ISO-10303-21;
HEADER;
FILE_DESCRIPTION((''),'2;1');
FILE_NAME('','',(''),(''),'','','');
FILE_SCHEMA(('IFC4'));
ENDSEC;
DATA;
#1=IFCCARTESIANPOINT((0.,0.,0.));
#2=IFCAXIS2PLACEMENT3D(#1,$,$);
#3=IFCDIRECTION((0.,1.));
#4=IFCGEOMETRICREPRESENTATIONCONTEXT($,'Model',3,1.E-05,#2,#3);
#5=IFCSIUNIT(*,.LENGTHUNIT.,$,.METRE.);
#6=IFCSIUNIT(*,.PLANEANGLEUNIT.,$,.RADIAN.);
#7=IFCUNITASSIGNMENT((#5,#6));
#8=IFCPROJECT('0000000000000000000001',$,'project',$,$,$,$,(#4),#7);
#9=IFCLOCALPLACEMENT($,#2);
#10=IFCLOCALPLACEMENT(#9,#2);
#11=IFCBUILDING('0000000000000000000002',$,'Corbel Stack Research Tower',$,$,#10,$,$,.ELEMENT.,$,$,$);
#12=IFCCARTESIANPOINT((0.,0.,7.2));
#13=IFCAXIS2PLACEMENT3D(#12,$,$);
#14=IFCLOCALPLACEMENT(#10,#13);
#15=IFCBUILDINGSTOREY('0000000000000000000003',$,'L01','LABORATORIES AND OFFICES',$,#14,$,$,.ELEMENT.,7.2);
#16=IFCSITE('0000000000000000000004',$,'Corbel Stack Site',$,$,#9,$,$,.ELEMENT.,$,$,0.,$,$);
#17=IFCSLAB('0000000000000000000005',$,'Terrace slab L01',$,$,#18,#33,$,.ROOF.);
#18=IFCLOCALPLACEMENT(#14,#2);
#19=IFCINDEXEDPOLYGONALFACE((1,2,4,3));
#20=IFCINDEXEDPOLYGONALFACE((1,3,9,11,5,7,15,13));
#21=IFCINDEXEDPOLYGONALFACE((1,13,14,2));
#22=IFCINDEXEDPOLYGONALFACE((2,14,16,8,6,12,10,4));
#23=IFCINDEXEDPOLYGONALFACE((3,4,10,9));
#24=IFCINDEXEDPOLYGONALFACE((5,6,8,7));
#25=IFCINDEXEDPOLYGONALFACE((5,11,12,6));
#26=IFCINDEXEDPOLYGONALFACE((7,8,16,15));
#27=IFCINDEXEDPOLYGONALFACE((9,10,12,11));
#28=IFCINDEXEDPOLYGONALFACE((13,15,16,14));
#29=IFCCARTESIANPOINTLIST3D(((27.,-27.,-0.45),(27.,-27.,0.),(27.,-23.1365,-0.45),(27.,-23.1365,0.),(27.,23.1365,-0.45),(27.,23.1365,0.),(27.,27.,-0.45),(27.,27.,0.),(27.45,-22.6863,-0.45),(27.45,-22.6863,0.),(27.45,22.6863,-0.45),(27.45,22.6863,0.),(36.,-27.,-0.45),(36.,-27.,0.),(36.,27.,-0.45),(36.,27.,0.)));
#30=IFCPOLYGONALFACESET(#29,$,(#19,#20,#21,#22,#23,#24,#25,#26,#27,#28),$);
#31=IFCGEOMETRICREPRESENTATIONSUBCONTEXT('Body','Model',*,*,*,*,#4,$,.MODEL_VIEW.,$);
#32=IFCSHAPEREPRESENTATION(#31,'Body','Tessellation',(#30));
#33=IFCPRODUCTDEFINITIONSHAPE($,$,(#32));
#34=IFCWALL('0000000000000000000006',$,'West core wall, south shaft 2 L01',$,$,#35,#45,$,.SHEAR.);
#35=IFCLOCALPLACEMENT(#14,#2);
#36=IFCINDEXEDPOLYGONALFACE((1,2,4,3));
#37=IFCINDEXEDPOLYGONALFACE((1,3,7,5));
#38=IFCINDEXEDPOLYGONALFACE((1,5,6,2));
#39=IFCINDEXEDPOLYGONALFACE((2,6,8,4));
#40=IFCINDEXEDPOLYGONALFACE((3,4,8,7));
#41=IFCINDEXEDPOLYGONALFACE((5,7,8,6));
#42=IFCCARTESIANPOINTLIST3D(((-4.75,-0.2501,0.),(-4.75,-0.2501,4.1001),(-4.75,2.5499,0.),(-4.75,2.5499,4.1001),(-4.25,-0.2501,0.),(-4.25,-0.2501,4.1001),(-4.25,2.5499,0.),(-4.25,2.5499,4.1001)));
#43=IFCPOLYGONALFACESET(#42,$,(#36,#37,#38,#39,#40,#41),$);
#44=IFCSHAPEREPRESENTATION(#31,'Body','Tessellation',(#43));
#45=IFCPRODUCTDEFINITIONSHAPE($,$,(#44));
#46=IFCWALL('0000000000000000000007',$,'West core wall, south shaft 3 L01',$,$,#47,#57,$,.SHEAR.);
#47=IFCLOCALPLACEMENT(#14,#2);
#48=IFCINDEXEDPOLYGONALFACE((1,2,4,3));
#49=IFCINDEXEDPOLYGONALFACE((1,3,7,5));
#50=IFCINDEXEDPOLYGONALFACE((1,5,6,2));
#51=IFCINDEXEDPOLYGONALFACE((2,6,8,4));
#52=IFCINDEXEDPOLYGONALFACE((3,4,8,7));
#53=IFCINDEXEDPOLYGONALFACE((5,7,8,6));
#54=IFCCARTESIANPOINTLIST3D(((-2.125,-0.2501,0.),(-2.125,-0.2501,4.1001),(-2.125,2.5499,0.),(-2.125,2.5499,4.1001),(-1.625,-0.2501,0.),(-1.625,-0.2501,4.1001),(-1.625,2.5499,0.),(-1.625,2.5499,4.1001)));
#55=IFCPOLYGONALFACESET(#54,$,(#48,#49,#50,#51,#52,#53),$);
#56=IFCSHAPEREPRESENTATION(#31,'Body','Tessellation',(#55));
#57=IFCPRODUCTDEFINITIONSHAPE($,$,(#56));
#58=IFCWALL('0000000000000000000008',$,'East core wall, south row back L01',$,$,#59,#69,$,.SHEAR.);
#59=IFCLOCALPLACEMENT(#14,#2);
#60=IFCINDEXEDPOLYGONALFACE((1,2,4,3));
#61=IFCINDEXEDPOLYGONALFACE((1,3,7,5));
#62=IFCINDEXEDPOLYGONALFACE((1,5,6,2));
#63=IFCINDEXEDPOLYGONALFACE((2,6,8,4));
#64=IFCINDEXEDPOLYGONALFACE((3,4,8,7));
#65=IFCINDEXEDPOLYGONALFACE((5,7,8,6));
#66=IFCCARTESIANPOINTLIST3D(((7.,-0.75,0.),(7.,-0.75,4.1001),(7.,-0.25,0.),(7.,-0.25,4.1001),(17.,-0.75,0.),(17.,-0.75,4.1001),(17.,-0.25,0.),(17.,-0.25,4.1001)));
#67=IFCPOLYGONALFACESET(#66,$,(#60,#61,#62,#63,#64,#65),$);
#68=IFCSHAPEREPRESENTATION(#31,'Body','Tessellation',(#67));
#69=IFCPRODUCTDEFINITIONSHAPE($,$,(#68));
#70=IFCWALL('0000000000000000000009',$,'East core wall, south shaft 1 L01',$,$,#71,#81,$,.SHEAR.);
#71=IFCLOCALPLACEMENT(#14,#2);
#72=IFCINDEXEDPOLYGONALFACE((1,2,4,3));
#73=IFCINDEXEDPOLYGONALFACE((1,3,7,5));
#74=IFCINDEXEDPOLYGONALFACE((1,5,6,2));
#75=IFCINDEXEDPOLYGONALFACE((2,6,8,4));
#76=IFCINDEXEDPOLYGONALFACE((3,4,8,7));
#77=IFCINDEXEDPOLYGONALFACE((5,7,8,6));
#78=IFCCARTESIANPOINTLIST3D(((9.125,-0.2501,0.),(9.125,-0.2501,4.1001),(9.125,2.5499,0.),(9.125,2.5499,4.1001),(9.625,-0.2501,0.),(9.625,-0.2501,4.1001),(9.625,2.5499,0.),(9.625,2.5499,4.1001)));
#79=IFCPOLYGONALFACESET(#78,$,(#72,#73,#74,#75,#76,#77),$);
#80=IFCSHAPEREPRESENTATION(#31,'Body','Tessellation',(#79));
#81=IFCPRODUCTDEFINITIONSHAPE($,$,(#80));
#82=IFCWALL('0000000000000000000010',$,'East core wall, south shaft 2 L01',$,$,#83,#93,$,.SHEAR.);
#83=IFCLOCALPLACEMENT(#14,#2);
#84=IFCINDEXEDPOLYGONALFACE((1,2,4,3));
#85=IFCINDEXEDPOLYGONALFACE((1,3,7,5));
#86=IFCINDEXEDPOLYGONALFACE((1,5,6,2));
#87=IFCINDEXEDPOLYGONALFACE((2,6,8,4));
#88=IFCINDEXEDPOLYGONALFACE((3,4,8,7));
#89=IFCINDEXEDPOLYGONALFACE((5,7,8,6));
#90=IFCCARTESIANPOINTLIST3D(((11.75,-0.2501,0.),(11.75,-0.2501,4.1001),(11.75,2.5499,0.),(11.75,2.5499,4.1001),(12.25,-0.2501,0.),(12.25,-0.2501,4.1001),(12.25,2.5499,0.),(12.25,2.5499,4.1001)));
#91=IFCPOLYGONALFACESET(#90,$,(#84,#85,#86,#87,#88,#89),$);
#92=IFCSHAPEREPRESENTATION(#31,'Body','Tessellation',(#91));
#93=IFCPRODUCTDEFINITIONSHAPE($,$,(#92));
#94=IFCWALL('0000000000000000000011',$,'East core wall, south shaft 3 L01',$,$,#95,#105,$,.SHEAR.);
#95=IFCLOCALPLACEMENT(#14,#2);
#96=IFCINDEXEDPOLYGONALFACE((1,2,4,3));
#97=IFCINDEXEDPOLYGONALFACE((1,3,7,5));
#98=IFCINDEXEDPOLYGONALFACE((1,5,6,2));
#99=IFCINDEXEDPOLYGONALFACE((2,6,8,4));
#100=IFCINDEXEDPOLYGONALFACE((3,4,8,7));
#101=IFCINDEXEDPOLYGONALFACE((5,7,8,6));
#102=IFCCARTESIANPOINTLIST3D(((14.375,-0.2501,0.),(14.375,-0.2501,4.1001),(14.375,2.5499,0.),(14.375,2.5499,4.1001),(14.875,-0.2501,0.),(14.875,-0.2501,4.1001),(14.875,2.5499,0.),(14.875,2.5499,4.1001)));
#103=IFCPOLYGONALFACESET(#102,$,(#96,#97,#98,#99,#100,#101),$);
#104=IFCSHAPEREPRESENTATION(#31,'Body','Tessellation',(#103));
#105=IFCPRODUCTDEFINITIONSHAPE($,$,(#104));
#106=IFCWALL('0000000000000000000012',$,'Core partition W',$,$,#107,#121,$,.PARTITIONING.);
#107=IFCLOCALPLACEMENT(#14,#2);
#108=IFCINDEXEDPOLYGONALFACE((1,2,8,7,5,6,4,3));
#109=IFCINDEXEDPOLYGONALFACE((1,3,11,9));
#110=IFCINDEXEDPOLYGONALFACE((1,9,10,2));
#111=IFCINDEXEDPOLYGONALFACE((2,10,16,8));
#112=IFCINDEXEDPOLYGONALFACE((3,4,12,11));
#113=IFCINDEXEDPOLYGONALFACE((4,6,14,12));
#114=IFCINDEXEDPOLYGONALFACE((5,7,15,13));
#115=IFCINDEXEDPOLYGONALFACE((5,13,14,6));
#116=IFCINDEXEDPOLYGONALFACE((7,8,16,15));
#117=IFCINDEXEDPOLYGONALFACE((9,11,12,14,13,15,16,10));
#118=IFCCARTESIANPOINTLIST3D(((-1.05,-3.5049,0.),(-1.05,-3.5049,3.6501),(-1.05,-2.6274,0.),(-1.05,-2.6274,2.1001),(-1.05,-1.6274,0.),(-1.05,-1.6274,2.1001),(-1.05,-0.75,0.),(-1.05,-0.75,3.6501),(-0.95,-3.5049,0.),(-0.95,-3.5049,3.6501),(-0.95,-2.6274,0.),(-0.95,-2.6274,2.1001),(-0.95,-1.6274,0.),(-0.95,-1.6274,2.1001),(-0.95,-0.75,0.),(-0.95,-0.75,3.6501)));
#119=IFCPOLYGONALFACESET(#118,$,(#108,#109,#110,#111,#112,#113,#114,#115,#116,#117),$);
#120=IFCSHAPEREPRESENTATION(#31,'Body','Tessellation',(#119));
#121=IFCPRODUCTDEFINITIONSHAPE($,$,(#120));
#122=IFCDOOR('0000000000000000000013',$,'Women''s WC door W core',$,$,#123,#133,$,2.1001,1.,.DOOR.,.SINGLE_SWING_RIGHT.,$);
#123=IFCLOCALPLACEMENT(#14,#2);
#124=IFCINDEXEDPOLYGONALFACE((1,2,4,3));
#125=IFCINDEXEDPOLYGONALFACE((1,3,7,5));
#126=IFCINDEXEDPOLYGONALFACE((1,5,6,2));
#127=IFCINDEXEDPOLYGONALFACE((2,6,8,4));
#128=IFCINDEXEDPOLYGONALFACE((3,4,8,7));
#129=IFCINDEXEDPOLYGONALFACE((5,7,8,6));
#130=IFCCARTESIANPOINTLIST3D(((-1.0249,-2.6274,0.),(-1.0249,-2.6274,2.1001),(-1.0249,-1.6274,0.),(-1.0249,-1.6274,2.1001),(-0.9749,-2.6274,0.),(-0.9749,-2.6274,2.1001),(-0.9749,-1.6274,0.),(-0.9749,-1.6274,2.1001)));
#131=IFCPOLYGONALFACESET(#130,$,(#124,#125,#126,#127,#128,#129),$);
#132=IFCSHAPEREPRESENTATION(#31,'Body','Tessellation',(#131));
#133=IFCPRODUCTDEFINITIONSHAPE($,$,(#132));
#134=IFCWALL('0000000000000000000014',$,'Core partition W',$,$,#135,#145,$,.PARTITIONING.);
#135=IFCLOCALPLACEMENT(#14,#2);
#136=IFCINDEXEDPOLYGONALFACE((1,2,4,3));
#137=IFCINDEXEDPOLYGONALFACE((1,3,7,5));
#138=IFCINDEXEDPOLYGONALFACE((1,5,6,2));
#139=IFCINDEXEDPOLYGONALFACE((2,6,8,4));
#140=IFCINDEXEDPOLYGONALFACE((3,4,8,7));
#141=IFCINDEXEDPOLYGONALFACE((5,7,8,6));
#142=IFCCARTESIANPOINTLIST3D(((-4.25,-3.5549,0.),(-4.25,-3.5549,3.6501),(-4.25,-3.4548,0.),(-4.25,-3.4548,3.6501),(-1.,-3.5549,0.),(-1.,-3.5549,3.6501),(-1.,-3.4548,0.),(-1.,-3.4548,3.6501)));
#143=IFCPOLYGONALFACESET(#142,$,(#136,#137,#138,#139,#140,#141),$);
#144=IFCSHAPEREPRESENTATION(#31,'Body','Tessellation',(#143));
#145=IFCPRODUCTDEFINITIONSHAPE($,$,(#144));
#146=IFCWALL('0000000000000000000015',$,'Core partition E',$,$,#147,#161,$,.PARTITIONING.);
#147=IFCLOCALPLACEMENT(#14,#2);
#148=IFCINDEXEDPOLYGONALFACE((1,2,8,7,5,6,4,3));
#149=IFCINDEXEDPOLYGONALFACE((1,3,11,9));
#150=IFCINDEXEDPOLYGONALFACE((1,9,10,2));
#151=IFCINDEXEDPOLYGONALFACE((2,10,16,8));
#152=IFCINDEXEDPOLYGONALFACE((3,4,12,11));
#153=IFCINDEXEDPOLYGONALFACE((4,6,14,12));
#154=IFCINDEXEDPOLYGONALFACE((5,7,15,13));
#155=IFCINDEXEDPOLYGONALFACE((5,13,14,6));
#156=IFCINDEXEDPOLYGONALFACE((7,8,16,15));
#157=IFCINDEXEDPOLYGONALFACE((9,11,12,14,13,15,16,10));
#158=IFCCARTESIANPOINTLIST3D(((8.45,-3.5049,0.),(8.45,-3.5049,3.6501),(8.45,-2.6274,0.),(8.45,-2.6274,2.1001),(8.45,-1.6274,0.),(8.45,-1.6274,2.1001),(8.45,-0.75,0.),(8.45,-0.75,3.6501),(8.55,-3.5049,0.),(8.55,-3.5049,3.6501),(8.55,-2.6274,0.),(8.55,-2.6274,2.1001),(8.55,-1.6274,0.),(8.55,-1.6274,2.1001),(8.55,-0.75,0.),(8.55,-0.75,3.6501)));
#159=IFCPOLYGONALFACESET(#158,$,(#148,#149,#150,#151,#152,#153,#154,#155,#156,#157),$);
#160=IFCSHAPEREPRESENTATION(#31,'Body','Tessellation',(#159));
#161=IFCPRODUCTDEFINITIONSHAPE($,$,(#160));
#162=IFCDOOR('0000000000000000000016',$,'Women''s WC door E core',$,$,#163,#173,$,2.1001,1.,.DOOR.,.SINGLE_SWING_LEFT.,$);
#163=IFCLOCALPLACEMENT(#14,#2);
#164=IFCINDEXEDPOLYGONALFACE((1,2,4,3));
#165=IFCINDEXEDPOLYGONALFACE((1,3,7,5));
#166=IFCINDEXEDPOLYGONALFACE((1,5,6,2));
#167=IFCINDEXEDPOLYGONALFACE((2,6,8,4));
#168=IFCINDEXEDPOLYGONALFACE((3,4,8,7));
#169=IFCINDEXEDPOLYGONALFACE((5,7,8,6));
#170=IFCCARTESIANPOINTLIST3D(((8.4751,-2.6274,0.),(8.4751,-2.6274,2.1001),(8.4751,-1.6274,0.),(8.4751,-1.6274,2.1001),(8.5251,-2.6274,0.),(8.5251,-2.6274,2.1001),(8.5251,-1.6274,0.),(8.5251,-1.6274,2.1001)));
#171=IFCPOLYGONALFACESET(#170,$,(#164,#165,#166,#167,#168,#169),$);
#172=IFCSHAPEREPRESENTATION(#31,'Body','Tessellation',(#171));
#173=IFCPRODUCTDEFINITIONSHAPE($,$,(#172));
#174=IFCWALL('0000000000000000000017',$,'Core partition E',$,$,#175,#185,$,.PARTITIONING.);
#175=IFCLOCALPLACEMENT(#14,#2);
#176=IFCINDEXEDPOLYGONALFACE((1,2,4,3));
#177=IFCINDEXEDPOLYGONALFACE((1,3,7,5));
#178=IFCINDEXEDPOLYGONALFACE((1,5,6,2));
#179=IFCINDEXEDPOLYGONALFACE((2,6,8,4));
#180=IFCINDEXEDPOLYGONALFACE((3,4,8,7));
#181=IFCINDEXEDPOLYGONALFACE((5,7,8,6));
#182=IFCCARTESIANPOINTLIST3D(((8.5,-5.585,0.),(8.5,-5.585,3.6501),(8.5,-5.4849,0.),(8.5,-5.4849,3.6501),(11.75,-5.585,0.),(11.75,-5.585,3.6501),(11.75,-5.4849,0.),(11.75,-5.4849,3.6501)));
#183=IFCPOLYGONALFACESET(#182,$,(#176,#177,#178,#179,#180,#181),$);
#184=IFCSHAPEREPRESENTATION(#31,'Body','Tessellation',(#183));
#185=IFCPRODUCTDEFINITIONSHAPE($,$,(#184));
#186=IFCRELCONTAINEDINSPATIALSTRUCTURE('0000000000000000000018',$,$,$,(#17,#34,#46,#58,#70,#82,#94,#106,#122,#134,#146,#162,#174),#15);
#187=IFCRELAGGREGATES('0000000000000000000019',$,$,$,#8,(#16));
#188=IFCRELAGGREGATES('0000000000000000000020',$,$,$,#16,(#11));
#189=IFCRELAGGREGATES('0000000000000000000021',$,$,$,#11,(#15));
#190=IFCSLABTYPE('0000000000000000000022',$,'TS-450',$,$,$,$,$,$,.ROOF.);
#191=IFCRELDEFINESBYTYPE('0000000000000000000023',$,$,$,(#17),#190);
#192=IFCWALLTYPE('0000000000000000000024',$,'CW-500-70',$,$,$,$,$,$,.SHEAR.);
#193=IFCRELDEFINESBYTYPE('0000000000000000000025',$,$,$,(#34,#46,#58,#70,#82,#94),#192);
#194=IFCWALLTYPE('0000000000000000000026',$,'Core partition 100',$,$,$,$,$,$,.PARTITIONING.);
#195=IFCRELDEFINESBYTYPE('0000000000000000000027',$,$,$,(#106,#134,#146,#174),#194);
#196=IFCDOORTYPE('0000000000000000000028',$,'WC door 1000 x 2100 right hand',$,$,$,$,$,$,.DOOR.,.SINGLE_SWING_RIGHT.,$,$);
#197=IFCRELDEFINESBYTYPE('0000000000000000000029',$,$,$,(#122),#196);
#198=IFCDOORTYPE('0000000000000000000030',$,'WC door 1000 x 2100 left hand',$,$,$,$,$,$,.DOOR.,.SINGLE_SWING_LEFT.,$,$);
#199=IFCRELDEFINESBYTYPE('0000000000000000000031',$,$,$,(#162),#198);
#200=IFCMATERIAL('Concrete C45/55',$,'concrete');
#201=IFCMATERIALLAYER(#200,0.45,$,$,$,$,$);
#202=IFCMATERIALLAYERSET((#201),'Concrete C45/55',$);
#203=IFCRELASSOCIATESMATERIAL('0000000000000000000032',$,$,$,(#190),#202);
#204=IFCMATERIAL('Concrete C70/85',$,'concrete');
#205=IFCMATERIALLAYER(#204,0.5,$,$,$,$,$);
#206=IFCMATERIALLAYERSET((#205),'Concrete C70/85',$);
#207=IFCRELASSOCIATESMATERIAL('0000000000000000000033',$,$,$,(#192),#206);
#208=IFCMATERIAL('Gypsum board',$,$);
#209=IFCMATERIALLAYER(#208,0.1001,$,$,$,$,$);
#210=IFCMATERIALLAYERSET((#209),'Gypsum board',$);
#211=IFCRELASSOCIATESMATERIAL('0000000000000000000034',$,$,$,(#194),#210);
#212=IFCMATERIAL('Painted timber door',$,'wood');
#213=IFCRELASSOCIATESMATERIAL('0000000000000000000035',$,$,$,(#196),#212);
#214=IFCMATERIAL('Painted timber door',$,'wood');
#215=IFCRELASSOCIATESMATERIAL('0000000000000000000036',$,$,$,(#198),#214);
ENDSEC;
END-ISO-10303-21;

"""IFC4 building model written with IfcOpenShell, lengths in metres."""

from ifc_helpers import new_model, si_unit, direction, frame, frame_2d, origin, place, context, subcontext, project, spatial, polyline, rectangle, outline, extrude, material, layer, layer_set, type_object, element, fill, save


model = new_model("IFC4")

# Units and contexts
model_context = context("Model", 3, precision=1e-05, world=origin(), true_north=direction((0.0, 1.0)))
body_context = subcontext(model_context, "Body", "Model", "MODEL_VIEW")
ifc_project = project(units=[si_unit("LENGTHUNIT", "METRE"), si_unit("PLANEANGLEUNIT", "RADIAN")], contexts=[model_context])

# Site, building, storey
site_placement = place(None, origin())
site = spatial("IfcSite", under=ifc_project, at=site_placement, Name="Corbel Stack Site", CompositionType="ELEMENT", RefElevation=0.0)
building_placement = place(site_placement, origin())
building = spatial("IfcBuilding", under=site, at=building_placement, Name="Corbel Stack Research Tower", CompositionType="ELEMENT")
storey_placement = place(building_placement, frame((0.0, 0.0, 7.2)))
storey = spatial("IfcBuildingStorey", under=building, at=storey_placement, Name="L01", Description="LABORATORIES AND OFFICES", CompositionType="ELEMENT", Elevation=7.2)

# Slab
ifc_material_1 = material(Name="Concrete C45/55", Category="concrete")
ifc_layer_1 = layer(ifc_material_1, 0.45)
ifc_layer_set_1 = layer_set([ifc_layer_1], Name="Concrete C45/55")
slab_type_1 = type_object("IfcSlabType", Name="TS-450", PredefinedType="ROOF", material=ifc_layer_set_1)
slab_1_placement = place(storey_placement, frame((0.0, 0.0, -0.45)))
element("IfcSlab", 1, at=slab_1_placement, inside=storey, type_object=slab_type_1, Name="Terrace slab L01", PredefinedType="ROOF", context=body_context, shape_type="SweptSolid", body=[
    extrude(outline(polyline([(27.0, 23.1365), (27.45, 22.6863), (27.45, -22.6863), (27.0, -23.1365), (27.0, -27.0), (36.0, -27.0), (36.0, 27.0), (27.0, 27.0), (27.0, 23.1365)])), origin(), (0.0, 0.0, 1.0), 0.45),
])

# Walls
ifc_material_2 = material(Name="Concrete C70/85", Category="concrete")
ifc_layer_2 = layer(ifc_material_2, 0.5)
ifc_layer_set_2 = layer_set([ifc_layer_2], Name="Concrete C70/85")
wall_type_1 = type_object("IfcWallType", Name="CW-500-70", PredefinedType="SHEAR", material=ifc_layer_set_2)
for number, where, z_axis, x_axis, name in (
    (2, (-4.5, -0.25, 0.0), (0.0, 0.0, 1.0), (0.0, 1.0, 0.0), "West core wall, south shaft 2 L01"),
    (3, (-1.875, -0.25, 0.0), (0.0, 0.0, 1.0), (0.0, 1.0, 0.0), "West core wall, south shaft 3 L01"),
):
    element("IfcWall", number, at=place(storey_placement, frame(where, z_axis=z_axis, x_axis=x_axis)), inside=storey, type_object=wall_type_1, Name=name, PredefinedType="SHEAR", context=body_context, shape_type="SweptSolid", body=[
        extrude(rectangle(XDim=2.8, YDim=0.5, at=frame_2d((1.3999, 0.0))), origin(), (0.0, 0.0, 1.0), 4.1001),
    ])
wall_1_placement = place(storey_placement, frame((7.0, -0.5, 0.0), z_axis=(0.0, 0.0, 1.0), x_axis=(1.0, 0.0, 0.0)))
element("IfcWall", 4, at=wall_1_placement, inside=storey, type_object=wall_type_1, Name="East core wall, south row back L01", PredefinedType="SHEAR", context=body_context, shape_type="SweptSolid", body=[
    extrude(rectangle(XDim=10.0, YDim=0.5, at=frame_2d((5.0, 0.0))), origin(), (0.0, 0.0, 1.0), 4.1001),
])
for number, where, z_axis, x_axis, name in (
    (5, (9.375, -0.25, 0.0), (0.0, 0.0, 1.0), (0.0, 1.0, 0.0), "East core wall, south shaft 1 L01"),
    (6, (12.0, -0.25, 0.0), (0.0, 0.0, 1.0), (0.0, 1.0, 0.0), "East core wall, south shaft 2 L01"),
    (7, (14.625, -0.25, 0.0), (0.0, 0.0, 1.0), (0.0, 1.0, 0.0), "East core wall, south shaft 3 L01"),
):
    element("IfcWall", number, at=place(storey_placement, frame(where, z_axis=z_axis, x_axis=x_axis)), inside=storey, type_object=wall_type_1, Name=name, PredefinedType="SHEAR", context=body_context, shape_type="SweptSolid", body=[
        extrude(rectangle(XDim=2.8, YDim=0.5, at=frame_2d((1.3999, 0.0))), origin(), (0.0, 0.0, 1.0), 4.1001),
    ])

# Wall, opening, door
ifc_material_3 = material(Name="Gypsum board")
ifc_layer_3 = layer(ifc_material_3, 0.1001)
ifc_layer_set_3 = layer_set([ifc_layer_3], Name="Gypsum board")
wall_type_2 = type_object("IfcWallType", Name="Core partition 100", PredefinedType="PARTITIONING", material=ifc_layer_set_3)
wall_2_placement = place(storey_placement, frame((-1.0, -3.5049, 0.0), z_axis=(0.0, 0.0, 1.0), x_axis=(0.0, 1.0, 0.0)))
wall_2 = element("IfcWall", 8, at=wall_2_placement, inside=storey, type_object=wall_type_2, Name="Core partition W", PredefinedType="PARTITIONING", context=body_context, shape_type="SweptSolid", body=[
    extrude(rectangle(XDim=2.7549, YDim=0.1001, at=frame_2d((1.3774, 0.0))), origin(), (0.0, 0.0, 1.0), 3.6501),
])
opening_1_placement = place(wall_2_placement, frame((0.8774, 0.0, 0.0)))
opening_1 = element("IfcOpeningElement", 9, at=opening_1_placement, cuts=wall_2, PredefinedType="OPENING", context=body_context, shape_type="SweptSolid", body=[
    extrude(rectangle(XDim=1.0, YDim=2.1001, at=frame_2d((0.5, 1.05))), frame((0.0, 0.0601, 0.0), z_axis=(0.0, -1.0, 0.0), x_axis=(1.0, 0.0, 0.0)), (0.0, 0.0, 1.0), 0.1201),
])
ifc_material_4 = material(Name="Painted timber door", Category="wood")
door_type_1 = type_object("IfcDoorType", Name="WC door 1000 x 2100 right hand", OperationType="SINGLE_SWING_RIGHT", PredefinedType="DOOR", material=ifc_material_4)
door_1_placement = place(opening_1_placement, origin())
door_1 = element("IfcDoor", 10, at=door_1_placement, inside=storey, type_object=door_type_1, Name="Women's WC door W core", OperationType="SINGLE_SWING_RIGHT", OverallHeight=2.1001, OverallWidth=1.0, PredefinedType="DOOR", context=body_context, shape_type="SweptSolid", body=[
    extrude(rectangle(XDim=1.0, YDim=2.1001, at=frame_2d((0.5, 1.05))), frame((0.0, 0.0249, 0.0), z_axis=(0.0, -1.0, 0.0), x_axis=(1.0, 0.0, 0.0)), (0.0, 0.0, 1.0), 0.05),
])
fill(opening_1, door_1)

# Wall
wall_3_placement = place(storey_placement, frame((-4.25, -3.5049, 0.0), z_axis=(0.0, 0.0, 1.0), x_axis=(1.0, 0.0, 0.0)))
element("IfcWall", 11, at=wall_3_placement, inside=storey, type_object=wall_type_2, Name="Core partition W", PredefinedType="PARTITIONING", context=body_context, shape_type="SweptSolid", body=[
    extrude(rectangle(XDim=3.25, YDim=0.1001, at=frame_2d((1.625, 0.0))), origin(), (0.0, 0.0, 1.0), 3.6501),
])

# Wall, opening, door
wall_4_placement = place(storey_placement, frame((8.5, -3.5049, 0.0), z_axis=(0.0, 0.0, 1.0), x_axis=(0.0, 1.0, 0.0)))
wall_4 = element("IfcWall", 12, at=wall_4_placement, inside=storey, type_object=wall_type_2, Name="Core partition E", PredefinedType="PARTITIONING", context=body_context, shape_type="SweptSolid", body=[
    extrude(rectangle(XDim=2.7549, YDim=0.1001, at=frame_2d((1.3774, 0.0))), origin(), (0.0, 0.0, 1.0), 3.6501),
])
opening_2_placement = place(wall_4_placement, frame((0.8774, 0.0, 0.0)))
opening_2 = element("IfcOpeningElement", 13, at=opening_2_placement, cuts=wall_4, PredefinedType="OPENING", context=body_context, shape_type="SweptSolid", body=[
    extrude(rectangle(XDim=1.0, YDim=2.1001, at=frame_2d((0.5, 1.05))), frame((0.0, 0.0601, 0.0), z_axis=(0.0, -1.0, 0.0), x_axis=(1.0, 0.0, 0.0)), (0.0, 0.0, 1.0), 0.1201),
])
ifc_material_5 = material(Name="Painted timber door", Category="wood")
door_type_2 = type_object("IfcDoorType", Name="WC door 1000 x 2100 left hand", OperationType="SINGLE_SWING_LEFT", PredefinedType="DOOR", material=ifc_material_5)
door_2_placement = place(opening_2_placement, origin())
door_2 = element("IfcDoor", 14, at=door_2_placement, inside=storey, type_object=door_type_2, Name="Women's WC door E core", OperationType="SINGLE_SWING_LEFT", OverallHeight=2.1001, OverallWidth=1.0, PredefinedType="DOOR", context=body_context, shape_type="SweptSolid", body=[
    extrude(rectangle(XDim=1.0, YDim=2.1001, at=frame_2d((0.5, 1.05))), frame((0.0, 0.0249, 0.0), z_axis=(0.0, -1.0, 0.0), x_axis=(1.0, 0.0, 0.0)), (0.0, 0.0, 1.0), 0.05),
])
fill(opening_2, door_2)

# Wall
for number, where, z_axis, x_axis, name in (
    (15, (8.5, -5.5349, 0.0), (0.0, 0.0, 1.0), (1.0, 0.0, 0.0), "Core partition E"),
):
    element("IfcWall", number, at=place(storey_placement, frame(where, z_axis=z_axis, x_axis=x_axis)), inside=storey, type_object=wall_type_2, Name=name, PredefinedType="PARTITIONING", context=body_context, shape_type="SweptSolid", body=[
        extrude(rectangle(XDim=3.25, YDim=0.1001, at=frame_2d((1.625, 0.0))), origin(), (0.0, 0.0, 1.0), 3.6501),
    ])

save(model, "model.ifc")
